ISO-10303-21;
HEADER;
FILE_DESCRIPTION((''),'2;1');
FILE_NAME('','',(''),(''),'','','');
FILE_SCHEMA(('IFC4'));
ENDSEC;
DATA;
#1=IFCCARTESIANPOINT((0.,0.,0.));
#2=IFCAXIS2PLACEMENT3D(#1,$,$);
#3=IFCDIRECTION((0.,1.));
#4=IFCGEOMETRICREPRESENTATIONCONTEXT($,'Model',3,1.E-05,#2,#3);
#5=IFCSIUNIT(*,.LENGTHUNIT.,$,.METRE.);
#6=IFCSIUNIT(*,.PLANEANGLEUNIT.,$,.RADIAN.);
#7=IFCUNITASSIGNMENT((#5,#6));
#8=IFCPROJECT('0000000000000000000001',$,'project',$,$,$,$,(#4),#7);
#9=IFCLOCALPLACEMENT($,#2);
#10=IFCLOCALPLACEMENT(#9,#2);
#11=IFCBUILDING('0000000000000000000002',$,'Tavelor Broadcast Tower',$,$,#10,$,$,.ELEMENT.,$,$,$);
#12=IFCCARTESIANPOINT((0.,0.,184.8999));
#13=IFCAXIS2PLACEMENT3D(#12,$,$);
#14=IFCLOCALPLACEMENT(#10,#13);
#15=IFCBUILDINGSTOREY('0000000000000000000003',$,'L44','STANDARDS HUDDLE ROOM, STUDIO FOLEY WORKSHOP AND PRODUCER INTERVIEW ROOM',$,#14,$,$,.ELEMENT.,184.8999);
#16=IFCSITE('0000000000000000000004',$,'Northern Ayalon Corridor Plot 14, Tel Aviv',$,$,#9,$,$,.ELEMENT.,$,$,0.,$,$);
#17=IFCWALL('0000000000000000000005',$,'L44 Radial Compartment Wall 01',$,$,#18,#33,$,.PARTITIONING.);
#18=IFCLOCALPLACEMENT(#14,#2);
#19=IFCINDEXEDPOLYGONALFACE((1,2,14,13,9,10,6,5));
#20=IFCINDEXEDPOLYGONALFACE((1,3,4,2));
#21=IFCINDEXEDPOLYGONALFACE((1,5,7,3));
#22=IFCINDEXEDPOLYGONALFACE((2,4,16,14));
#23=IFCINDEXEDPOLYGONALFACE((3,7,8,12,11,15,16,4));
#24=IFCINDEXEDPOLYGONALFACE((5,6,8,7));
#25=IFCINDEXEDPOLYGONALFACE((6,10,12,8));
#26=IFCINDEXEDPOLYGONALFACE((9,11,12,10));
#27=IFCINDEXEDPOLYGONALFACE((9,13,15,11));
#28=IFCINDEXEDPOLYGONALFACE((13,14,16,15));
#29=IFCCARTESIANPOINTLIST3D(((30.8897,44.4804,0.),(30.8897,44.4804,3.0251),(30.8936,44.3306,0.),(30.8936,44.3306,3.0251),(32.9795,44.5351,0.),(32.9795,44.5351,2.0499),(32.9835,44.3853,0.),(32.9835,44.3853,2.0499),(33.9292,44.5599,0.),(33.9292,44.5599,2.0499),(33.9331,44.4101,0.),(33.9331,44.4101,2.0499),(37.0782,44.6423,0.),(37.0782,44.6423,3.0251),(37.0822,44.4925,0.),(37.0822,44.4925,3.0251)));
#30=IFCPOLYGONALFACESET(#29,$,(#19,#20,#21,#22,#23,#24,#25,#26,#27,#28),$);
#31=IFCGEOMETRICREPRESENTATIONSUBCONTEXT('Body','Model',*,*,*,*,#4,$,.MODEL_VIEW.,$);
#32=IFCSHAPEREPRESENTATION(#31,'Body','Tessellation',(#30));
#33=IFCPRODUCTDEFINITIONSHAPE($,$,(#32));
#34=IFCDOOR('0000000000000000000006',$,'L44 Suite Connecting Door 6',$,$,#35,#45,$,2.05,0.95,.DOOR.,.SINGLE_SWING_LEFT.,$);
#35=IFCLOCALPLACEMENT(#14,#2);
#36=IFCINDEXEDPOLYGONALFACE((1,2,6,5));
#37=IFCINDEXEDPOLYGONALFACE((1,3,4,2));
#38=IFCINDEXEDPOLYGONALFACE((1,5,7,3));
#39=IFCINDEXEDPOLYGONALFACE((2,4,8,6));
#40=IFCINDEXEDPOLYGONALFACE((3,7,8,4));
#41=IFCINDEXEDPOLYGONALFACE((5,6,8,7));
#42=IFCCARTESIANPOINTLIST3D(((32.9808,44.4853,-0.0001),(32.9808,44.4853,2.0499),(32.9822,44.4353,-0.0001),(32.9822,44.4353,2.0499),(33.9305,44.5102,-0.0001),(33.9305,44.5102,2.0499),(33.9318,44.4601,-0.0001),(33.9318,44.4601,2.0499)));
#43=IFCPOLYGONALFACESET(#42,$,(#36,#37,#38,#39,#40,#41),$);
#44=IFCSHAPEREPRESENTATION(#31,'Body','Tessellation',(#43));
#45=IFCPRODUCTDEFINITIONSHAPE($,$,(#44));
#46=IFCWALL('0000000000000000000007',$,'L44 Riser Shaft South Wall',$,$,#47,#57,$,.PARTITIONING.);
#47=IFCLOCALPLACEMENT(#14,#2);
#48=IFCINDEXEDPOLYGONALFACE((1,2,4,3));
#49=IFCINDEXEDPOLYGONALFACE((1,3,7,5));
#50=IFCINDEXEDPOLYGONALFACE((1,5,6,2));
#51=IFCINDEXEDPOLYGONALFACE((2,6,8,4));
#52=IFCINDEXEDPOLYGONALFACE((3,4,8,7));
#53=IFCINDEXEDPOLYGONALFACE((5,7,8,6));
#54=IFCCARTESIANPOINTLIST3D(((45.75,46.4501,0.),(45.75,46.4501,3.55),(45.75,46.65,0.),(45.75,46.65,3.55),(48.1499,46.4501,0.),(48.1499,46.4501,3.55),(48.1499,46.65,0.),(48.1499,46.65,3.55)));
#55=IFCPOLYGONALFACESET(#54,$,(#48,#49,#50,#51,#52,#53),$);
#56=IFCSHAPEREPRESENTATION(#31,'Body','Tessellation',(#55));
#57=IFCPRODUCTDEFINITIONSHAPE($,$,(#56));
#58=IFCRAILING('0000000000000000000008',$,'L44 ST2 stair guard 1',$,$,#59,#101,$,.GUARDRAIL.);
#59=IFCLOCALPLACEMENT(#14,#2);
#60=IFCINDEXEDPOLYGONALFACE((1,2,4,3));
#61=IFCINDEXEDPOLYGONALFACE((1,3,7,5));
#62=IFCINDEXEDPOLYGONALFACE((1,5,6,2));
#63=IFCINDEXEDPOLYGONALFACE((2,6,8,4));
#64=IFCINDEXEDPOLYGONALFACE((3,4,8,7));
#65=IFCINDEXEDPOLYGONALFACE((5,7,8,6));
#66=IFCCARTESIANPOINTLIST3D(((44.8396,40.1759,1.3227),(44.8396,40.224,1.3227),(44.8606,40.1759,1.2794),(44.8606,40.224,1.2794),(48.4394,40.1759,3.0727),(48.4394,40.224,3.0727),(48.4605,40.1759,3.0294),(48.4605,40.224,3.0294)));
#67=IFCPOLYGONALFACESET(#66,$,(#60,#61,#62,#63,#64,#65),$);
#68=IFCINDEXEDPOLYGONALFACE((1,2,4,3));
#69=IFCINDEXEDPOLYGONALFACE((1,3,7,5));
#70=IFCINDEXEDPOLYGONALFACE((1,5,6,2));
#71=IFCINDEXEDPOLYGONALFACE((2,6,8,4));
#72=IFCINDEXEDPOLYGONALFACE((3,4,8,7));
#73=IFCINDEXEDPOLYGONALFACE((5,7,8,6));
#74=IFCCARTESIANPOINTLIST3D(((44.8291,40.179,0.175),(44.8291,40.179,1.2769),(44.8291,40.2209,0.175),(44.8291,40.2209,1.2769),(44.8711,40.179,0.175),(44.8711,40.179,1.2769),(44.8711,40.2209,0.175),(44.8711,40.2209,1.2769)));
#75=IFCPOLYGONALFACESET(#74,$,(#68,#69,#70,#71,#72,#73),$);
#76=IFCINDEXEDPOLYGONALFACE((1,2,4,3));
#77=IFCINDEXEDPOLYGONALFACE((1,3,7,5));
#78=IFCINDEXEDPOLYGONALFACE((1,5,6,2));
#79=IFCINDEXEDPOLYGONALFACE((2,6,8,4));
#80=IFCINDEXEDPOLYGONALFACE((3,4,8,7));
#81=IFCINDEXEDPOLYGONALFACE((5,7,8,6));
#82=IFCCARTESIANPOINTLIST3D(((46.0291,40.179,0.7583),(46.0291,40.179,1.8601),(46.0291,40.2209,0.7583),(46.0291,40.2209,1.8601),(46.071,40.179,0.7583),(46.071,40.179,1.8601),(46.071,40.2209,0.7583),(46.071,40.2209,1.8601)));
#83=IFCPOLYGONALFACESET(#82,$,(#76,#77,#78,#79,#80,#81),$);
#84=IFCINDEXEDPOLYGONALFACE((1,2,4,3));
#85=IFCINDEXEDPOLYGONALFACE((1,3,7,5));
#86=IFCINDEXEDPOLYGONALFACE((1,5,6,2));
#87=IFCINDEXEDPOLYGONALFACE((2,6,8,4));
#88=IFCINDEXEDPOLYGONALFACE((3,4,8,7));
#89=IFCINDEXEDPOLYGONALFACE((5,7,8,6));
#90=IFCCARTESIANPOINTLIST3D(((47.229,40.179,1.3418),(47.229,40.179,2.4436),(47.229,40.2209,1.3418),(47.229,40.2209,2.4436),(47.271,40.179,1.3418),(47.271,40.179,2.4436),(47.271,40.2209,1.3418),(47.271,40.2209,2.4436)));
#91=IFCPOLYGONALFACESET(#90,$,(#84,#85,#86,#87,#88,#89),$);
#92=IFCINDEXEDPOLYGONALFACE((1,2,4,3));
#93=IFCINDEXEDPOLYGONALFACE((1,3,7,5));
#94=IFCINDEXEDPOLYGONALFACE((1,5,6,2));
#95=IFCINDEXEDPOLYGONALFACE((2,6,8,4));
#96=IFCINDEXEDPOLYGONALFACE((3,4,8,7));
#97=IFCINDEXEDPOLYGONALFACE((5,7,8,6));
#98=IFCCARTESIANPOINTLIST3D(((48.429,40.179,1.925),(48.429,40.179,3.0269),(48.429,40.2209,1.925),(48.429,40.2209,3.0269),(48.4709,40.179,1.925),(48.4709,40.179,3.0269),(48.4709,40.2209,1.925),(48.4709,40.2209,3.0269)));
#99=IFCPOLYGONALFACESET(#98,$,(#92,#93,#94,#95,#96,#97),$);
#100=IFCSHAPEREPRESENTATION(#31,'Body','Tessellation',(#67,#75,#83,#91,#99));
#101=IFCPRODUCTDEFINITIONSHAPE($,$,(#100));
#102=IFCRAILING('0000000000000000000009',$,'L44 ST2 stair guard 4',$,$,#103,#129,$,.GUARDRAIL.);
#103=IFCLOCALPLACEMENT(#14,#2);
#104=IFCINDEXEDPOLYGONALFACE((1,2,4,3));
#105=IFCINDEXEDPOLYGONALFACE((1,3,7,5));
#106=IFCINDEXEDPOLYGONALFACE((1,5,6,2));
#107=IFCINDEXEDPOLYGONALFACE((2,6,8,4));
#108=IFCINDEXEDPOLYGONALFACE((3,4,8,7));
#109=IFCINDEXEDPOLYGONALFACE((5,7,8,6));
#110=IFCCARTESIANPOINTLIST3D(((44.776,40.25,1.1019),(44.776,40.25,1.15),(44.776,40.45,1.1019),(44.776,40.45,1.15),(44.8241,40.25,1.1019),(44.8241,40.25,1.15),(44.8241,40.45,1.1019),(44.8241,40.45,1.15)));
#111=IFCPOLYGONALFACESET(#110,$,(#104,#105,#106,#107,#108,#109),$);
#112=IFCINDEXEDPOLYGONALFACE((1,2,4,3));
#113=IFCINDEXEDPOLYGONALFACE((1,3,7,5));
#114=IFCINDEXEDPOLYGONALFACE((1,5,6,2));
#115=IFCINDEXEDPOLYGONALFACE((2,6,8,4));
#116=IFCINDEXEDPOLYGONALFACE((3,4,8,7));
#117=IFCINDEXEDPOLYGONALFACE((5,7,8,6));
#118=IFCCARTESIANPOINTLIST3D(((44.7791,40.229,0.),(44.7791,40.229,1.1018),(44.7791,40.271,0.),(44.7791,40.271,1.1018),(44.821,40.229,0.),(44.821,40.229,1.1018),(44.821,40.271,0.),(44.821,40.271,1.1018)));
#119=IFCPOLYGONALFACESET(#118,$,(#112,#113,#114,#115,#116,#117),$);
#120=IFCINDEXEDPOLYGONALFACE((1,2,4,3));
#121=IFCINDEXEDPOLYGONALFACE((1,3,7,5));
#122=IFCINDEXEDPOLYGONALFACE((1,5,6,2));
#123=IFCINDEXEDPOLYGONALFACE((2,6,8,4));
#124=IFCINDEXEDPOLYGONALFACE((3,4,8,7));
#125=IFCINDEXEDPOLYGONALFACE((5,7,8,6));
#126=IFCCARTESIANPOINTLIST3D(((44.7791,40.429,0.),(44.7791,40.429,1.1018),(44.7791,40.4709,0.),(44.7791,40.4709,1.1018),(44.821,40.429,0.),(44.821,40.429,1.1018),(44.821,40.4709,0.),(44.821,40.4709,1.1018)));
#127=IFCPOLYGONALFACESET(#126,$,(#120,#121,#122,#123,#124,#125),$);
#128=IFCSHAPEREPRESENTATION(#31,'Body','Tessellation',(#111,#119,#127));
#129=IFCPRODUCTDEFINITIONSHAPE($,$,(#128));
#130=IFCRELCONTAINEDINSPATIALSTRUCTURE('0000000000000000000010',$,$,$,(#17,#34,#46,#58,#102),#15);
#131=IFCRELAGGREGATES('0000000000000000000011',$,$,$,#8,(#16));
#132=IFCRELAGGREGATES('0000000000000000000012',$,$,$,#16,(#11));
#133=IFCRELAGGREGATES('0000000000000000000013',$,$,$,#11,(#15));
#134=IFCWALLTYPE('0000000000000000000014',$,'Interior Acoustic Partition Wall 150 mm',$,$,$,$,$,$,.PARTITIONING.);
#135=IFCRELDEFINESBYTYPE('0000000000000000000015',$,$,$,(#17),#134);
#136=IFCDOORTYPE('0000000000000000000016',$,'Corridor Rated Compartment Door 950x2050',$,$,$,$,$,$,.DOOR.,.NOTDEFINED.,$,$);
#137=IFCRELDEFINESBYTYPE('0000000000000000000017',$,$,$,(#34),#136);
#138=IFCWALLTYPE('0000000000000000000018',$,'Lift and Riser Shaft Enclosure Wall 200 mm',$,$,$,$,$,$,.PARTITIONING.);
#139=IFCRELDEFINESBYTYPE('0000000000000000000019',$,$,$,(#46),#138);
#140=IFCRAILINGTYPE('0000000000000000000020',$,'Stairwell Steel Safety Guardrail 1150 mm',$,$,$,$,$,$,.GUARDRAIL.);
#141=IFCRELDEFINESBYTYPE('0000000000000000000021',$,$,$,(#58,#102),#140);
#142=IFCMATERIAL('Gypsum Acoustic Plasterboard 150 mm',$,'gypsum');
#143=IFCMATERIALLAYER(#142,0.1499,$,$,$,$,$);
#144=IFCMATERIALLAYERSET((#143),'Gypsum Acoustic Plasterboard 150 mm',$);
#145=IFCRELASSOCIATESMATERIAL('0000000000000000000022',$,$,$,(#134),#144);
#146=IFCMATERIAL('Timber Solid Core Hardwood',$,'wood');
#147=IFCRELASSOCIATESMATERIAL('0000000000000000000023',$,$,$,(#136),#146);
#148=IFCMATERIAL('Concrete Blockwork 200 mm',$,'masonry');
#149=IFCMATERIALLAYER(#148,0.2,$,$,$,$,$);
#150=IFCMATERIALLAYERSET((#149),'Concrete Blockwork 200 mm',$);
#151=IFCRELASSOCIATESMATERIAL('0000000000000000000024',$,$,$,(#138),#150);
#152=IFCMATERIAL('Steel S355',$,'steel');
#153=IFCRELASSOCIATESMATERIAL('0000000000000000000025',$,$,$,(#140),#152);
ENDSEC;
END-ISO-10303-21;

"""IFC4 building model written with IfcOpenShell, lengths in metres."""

from ifc_helpers import new_model, si_unit, direction, frame, frame_2d, origin, origin_2d, place, context, subcontext, project, spatial, rectangle, extrude, material, layer, layer_set, type_object, element, fill, save


model = new_model("IFC4")

# Units and contexts
model_context = context("Model", 3, precision=1e-05, world=origin(), true_north=direction((0.0, 1.0)))
body_context = subcontext(model_context, "Body", "Model", "MODEL_VIEW")
ifc_project = project(units=[si_unit("LENGTHUNIT", "METRE"), si_unit("PLANEANGLEUNIT", "RADIAN")], contexts=[model_context])

# Site, building, storey
site_placement = place(None, origin())
site = spatial("IfcSite", under=ifc_project, at=site_placement, Name="Northern Ayalon Corridor Plot 14, Tel Aviv", CompositionType="ELEMENT", RefElevation=0.0)
building_placement = place(site_placement, origin())
building = spatial("IfcBuilding", under=site, at=building_placement, Name="Tavelor Broadcast Tower", CompositionType="ELEMENT")
storey_placement = place(building_placement, frame((0.0, 0.0, 184.8999)))
storey = spatial("IfcBuildingStorey", under=building, at=storey_placement, Name="L44", Description="STANDARDS HUDDLE ROOM, STUDIO FOLEY WORKSHOP AND PRODUCER INTERVIEW ROOM", CompositionType="ELEMENT", Elevation=184.8999)

# Shared definitions
ifc_material_1 = material(Name="Steel S355", Category="steel")

# Shared definitions
ifc_material_2 = material(Name="Timber Solid Core Hardwood", Category="wood")

# Shared definitions
ifc_material_3 = material(Name="Gypsum Acoustic Plasterboard 150 mm", Category="gypsum")
ifc_layer_1 = layer(ifc_material_3, 0.1499)
ifc_layer_set_1 = layer_set([ifc_layer_1], Name="Gypsum Acoustic Plasterboard 150 mm")
wall_type_1 = type_object("IfcWallType", Name="Interior Acoustic Partition Wall 150 mm", PredefinedType="PARTITIONING", material=ifc_layer_set_1)

# Shared definitions
door_type_1 = type_object("IfcDoorType", Name="Corridor Rated Compartment Door 950x2050", OperationType="NOTDEFINED", PredefinedType="DOOR", material=ifc_material_2)

# Wall, opening, door
wall_1_placement = place(storey_placement, frame((37.0801, 44.5674, 0.0), z_axis=(0.0, 0.0, 1.0), x_axis=(-0.999658, -0.026147, 0.0)))
wall_1 = element("IfcWall", 1, at=wall_1_placement, inside=storey, type_object=wall_type_1, Name="L44 Radial Compartment Wall 01", PredefinedType="PARTITIONING", context=body_context, shape_type="SweptSolid", body=[
    extrude(rectangle(XDim=6.1907, YDim=0.1499, at=frame_2d((3.0952, 0.0))), origin(), (0.0, 0.0, 1.0), 3.0251),
])
opening_1_placement = place(wall_1_placement, frame((3.1499, 0.0, 0.0)))
opening_1 = element("IfcOpeningElement", 2, at=opening_1_placement, cuts=wall_1, PredefinedType="OPENING", context=body_context, shape_type="SweptSolid", body=[
    extrude(rectangle(XDim=0.95, YDim=2.05, at=frame_2d((0.4751, 1.0249))), frame((0.0, 0.085, 0.0), z_axis=(0.0, -1.0, 0.0), x_axis=(1.0, 0.0, 0.0)), (0.0, 0.0, 1.0), 0.1699),
])
door_1_placement = place(opening_1_placement, origin())
door_1 = element("IfcDoor", 3, at=door_1_placement, inside=storey, type_object=door_type_1, Name="L44 Suite Connecting Door 6", OperationType="SINGLE_SWING_LEFT", OverallHeight=2.05, OverallWidth=0.95, PredefinedType="DOOR", context=body_context, shape_type="SweptSolid", body=[
    extrude(rectangle(XDim=0.95, YDim=2.05, at=frame_2d((0.4751, 1.0249))), frame((0.0, 0.0249, 0.0), z_axis=(0.0, -1.0, 0.0), x_axis=(1.0, 0.0, 0.0)), (0.0, 0.0, 1.0), 0.05),
])
fill(opening_1, door_1)

# Wall
ifc_material_4 = material(Name="Concrete Blockwork 200 mm", Category="masonry")
ifc_layer_2 = layer(ifc_material_4, 0.2)
ifc_layer_set_2 = layer_set([ifc_layer_2], Name="Concrete Blockwork 200 mm")
wall_type_2 = type_object("IfcWallType", Name="Lift and Riser Shaft Enclosure Wall 200 mm", PredefinedType="PARTITIONING", material=ifc_layer_set_2)
wall_2_placement = place(storey_placement, frame((45.75, 46.55, 0.0), z_axis=(0.0, 0.0, 1.0), x_axis=(1.0, 0.0, 0.0)))
element("IfcWall", 4, at=wall_2_placement, inside=storey, type_object=wall_type_2, Name="L44 Riser Shaft South Wall", PredefinedType="PARTITIONING", context=body_context, shape_type="SweptSolid", body=[
    extrude(rectangle(XDim=2.3999, YDim=0.2, at=frame_2d((1.2, 0.0))), origin(), (0.0, 0.0, 1.0), 3.55),
])

# Railings
railing_type = type_object("IfcRailingType", Name="Stairwell Steel Safety Guardrail 1150 mm", PredefinedType="GUARDRAIL", material=ifc_material_1)
railing_1_placement = place(storey_placement, frame((44.8501, 40.2, 0.175)))
element("IfcRailing", 5, at=railing_1_placement, inside=storey, type_object=railing_type, Name="L44 ST2 stair guard 1", PredefinedType="GUARDRAIL", context=body_context, shape_type="SweptSolid", body=[
    extrude(rectangle(XDim=0.0481, YDim=0.0481, at=origin_2d()), frame((0.0, 0.0, 1.126), z_axis=(0.899361, 0.0, 0.437207), x_axis=(0.0, 1.0, 0.0)), (0.0, 0.0, 1.0), 4.0027),
    extrude(rectangle(XDim=0.042, YDim=0.042, at=origin_2d()), origin(), (0.0, 0.0, 1.0), 1.1018),
    extrude(rectangle(XDim=0.042, YDim=0.042, at=origin_2d()), frame((1.2, 0.0, 0.5833)), (0.0, 0.0, 1.0), 1.1018),
    extrude(rectangle(XDim=0.042, YDim=0.042, at=origin_2d()), frame((2.3999, 0.0, 1.1667)), (0.0, 0.0, 1.0), 1.1018),
    extrude(rectangle(XDim=0.042, YDim=0.042, at=origin_2d()), frame((3.5999, 0.0, 1.75)), (0.0, 0.0, 1.0), 1.1018),
])
railing_2_placement = place(storey_placement, frame((44.8, 40.25, 0.0)))
element("IfcRailing", 6, at=railing_2_placement, inside=storey, type_object=railing_type, Name="L44 ST2 stair guard 4", PredefinedType="GUARDRAIL", context=body_context, shape_type="SweptSolid", body=[
    extrude(rectangle(XDim=0.0481, YDim=0.0481, at=origin_2d()), frame((0.0, 0.0, 1.126), z_axis=(0.0, 1.0, 0.0), x_axis=(-1.0, 0.0, 0.0)), (0.0, 0.0, 1.0), 0.2),
    extrude(rectangle(XDim=0.042, YDim=0.042, at=origin_2d()), origin(), (0.0, 0.0, 1.0), 1.1018),
    extrude(rectangle(XDim=0.042, YDim=0.042, at=origin_2d()), frame((0.0, 0.2, 0.0)), (0.0, 0.0, 1.0), 1.1018),
])

save(model, "model.ifc")
